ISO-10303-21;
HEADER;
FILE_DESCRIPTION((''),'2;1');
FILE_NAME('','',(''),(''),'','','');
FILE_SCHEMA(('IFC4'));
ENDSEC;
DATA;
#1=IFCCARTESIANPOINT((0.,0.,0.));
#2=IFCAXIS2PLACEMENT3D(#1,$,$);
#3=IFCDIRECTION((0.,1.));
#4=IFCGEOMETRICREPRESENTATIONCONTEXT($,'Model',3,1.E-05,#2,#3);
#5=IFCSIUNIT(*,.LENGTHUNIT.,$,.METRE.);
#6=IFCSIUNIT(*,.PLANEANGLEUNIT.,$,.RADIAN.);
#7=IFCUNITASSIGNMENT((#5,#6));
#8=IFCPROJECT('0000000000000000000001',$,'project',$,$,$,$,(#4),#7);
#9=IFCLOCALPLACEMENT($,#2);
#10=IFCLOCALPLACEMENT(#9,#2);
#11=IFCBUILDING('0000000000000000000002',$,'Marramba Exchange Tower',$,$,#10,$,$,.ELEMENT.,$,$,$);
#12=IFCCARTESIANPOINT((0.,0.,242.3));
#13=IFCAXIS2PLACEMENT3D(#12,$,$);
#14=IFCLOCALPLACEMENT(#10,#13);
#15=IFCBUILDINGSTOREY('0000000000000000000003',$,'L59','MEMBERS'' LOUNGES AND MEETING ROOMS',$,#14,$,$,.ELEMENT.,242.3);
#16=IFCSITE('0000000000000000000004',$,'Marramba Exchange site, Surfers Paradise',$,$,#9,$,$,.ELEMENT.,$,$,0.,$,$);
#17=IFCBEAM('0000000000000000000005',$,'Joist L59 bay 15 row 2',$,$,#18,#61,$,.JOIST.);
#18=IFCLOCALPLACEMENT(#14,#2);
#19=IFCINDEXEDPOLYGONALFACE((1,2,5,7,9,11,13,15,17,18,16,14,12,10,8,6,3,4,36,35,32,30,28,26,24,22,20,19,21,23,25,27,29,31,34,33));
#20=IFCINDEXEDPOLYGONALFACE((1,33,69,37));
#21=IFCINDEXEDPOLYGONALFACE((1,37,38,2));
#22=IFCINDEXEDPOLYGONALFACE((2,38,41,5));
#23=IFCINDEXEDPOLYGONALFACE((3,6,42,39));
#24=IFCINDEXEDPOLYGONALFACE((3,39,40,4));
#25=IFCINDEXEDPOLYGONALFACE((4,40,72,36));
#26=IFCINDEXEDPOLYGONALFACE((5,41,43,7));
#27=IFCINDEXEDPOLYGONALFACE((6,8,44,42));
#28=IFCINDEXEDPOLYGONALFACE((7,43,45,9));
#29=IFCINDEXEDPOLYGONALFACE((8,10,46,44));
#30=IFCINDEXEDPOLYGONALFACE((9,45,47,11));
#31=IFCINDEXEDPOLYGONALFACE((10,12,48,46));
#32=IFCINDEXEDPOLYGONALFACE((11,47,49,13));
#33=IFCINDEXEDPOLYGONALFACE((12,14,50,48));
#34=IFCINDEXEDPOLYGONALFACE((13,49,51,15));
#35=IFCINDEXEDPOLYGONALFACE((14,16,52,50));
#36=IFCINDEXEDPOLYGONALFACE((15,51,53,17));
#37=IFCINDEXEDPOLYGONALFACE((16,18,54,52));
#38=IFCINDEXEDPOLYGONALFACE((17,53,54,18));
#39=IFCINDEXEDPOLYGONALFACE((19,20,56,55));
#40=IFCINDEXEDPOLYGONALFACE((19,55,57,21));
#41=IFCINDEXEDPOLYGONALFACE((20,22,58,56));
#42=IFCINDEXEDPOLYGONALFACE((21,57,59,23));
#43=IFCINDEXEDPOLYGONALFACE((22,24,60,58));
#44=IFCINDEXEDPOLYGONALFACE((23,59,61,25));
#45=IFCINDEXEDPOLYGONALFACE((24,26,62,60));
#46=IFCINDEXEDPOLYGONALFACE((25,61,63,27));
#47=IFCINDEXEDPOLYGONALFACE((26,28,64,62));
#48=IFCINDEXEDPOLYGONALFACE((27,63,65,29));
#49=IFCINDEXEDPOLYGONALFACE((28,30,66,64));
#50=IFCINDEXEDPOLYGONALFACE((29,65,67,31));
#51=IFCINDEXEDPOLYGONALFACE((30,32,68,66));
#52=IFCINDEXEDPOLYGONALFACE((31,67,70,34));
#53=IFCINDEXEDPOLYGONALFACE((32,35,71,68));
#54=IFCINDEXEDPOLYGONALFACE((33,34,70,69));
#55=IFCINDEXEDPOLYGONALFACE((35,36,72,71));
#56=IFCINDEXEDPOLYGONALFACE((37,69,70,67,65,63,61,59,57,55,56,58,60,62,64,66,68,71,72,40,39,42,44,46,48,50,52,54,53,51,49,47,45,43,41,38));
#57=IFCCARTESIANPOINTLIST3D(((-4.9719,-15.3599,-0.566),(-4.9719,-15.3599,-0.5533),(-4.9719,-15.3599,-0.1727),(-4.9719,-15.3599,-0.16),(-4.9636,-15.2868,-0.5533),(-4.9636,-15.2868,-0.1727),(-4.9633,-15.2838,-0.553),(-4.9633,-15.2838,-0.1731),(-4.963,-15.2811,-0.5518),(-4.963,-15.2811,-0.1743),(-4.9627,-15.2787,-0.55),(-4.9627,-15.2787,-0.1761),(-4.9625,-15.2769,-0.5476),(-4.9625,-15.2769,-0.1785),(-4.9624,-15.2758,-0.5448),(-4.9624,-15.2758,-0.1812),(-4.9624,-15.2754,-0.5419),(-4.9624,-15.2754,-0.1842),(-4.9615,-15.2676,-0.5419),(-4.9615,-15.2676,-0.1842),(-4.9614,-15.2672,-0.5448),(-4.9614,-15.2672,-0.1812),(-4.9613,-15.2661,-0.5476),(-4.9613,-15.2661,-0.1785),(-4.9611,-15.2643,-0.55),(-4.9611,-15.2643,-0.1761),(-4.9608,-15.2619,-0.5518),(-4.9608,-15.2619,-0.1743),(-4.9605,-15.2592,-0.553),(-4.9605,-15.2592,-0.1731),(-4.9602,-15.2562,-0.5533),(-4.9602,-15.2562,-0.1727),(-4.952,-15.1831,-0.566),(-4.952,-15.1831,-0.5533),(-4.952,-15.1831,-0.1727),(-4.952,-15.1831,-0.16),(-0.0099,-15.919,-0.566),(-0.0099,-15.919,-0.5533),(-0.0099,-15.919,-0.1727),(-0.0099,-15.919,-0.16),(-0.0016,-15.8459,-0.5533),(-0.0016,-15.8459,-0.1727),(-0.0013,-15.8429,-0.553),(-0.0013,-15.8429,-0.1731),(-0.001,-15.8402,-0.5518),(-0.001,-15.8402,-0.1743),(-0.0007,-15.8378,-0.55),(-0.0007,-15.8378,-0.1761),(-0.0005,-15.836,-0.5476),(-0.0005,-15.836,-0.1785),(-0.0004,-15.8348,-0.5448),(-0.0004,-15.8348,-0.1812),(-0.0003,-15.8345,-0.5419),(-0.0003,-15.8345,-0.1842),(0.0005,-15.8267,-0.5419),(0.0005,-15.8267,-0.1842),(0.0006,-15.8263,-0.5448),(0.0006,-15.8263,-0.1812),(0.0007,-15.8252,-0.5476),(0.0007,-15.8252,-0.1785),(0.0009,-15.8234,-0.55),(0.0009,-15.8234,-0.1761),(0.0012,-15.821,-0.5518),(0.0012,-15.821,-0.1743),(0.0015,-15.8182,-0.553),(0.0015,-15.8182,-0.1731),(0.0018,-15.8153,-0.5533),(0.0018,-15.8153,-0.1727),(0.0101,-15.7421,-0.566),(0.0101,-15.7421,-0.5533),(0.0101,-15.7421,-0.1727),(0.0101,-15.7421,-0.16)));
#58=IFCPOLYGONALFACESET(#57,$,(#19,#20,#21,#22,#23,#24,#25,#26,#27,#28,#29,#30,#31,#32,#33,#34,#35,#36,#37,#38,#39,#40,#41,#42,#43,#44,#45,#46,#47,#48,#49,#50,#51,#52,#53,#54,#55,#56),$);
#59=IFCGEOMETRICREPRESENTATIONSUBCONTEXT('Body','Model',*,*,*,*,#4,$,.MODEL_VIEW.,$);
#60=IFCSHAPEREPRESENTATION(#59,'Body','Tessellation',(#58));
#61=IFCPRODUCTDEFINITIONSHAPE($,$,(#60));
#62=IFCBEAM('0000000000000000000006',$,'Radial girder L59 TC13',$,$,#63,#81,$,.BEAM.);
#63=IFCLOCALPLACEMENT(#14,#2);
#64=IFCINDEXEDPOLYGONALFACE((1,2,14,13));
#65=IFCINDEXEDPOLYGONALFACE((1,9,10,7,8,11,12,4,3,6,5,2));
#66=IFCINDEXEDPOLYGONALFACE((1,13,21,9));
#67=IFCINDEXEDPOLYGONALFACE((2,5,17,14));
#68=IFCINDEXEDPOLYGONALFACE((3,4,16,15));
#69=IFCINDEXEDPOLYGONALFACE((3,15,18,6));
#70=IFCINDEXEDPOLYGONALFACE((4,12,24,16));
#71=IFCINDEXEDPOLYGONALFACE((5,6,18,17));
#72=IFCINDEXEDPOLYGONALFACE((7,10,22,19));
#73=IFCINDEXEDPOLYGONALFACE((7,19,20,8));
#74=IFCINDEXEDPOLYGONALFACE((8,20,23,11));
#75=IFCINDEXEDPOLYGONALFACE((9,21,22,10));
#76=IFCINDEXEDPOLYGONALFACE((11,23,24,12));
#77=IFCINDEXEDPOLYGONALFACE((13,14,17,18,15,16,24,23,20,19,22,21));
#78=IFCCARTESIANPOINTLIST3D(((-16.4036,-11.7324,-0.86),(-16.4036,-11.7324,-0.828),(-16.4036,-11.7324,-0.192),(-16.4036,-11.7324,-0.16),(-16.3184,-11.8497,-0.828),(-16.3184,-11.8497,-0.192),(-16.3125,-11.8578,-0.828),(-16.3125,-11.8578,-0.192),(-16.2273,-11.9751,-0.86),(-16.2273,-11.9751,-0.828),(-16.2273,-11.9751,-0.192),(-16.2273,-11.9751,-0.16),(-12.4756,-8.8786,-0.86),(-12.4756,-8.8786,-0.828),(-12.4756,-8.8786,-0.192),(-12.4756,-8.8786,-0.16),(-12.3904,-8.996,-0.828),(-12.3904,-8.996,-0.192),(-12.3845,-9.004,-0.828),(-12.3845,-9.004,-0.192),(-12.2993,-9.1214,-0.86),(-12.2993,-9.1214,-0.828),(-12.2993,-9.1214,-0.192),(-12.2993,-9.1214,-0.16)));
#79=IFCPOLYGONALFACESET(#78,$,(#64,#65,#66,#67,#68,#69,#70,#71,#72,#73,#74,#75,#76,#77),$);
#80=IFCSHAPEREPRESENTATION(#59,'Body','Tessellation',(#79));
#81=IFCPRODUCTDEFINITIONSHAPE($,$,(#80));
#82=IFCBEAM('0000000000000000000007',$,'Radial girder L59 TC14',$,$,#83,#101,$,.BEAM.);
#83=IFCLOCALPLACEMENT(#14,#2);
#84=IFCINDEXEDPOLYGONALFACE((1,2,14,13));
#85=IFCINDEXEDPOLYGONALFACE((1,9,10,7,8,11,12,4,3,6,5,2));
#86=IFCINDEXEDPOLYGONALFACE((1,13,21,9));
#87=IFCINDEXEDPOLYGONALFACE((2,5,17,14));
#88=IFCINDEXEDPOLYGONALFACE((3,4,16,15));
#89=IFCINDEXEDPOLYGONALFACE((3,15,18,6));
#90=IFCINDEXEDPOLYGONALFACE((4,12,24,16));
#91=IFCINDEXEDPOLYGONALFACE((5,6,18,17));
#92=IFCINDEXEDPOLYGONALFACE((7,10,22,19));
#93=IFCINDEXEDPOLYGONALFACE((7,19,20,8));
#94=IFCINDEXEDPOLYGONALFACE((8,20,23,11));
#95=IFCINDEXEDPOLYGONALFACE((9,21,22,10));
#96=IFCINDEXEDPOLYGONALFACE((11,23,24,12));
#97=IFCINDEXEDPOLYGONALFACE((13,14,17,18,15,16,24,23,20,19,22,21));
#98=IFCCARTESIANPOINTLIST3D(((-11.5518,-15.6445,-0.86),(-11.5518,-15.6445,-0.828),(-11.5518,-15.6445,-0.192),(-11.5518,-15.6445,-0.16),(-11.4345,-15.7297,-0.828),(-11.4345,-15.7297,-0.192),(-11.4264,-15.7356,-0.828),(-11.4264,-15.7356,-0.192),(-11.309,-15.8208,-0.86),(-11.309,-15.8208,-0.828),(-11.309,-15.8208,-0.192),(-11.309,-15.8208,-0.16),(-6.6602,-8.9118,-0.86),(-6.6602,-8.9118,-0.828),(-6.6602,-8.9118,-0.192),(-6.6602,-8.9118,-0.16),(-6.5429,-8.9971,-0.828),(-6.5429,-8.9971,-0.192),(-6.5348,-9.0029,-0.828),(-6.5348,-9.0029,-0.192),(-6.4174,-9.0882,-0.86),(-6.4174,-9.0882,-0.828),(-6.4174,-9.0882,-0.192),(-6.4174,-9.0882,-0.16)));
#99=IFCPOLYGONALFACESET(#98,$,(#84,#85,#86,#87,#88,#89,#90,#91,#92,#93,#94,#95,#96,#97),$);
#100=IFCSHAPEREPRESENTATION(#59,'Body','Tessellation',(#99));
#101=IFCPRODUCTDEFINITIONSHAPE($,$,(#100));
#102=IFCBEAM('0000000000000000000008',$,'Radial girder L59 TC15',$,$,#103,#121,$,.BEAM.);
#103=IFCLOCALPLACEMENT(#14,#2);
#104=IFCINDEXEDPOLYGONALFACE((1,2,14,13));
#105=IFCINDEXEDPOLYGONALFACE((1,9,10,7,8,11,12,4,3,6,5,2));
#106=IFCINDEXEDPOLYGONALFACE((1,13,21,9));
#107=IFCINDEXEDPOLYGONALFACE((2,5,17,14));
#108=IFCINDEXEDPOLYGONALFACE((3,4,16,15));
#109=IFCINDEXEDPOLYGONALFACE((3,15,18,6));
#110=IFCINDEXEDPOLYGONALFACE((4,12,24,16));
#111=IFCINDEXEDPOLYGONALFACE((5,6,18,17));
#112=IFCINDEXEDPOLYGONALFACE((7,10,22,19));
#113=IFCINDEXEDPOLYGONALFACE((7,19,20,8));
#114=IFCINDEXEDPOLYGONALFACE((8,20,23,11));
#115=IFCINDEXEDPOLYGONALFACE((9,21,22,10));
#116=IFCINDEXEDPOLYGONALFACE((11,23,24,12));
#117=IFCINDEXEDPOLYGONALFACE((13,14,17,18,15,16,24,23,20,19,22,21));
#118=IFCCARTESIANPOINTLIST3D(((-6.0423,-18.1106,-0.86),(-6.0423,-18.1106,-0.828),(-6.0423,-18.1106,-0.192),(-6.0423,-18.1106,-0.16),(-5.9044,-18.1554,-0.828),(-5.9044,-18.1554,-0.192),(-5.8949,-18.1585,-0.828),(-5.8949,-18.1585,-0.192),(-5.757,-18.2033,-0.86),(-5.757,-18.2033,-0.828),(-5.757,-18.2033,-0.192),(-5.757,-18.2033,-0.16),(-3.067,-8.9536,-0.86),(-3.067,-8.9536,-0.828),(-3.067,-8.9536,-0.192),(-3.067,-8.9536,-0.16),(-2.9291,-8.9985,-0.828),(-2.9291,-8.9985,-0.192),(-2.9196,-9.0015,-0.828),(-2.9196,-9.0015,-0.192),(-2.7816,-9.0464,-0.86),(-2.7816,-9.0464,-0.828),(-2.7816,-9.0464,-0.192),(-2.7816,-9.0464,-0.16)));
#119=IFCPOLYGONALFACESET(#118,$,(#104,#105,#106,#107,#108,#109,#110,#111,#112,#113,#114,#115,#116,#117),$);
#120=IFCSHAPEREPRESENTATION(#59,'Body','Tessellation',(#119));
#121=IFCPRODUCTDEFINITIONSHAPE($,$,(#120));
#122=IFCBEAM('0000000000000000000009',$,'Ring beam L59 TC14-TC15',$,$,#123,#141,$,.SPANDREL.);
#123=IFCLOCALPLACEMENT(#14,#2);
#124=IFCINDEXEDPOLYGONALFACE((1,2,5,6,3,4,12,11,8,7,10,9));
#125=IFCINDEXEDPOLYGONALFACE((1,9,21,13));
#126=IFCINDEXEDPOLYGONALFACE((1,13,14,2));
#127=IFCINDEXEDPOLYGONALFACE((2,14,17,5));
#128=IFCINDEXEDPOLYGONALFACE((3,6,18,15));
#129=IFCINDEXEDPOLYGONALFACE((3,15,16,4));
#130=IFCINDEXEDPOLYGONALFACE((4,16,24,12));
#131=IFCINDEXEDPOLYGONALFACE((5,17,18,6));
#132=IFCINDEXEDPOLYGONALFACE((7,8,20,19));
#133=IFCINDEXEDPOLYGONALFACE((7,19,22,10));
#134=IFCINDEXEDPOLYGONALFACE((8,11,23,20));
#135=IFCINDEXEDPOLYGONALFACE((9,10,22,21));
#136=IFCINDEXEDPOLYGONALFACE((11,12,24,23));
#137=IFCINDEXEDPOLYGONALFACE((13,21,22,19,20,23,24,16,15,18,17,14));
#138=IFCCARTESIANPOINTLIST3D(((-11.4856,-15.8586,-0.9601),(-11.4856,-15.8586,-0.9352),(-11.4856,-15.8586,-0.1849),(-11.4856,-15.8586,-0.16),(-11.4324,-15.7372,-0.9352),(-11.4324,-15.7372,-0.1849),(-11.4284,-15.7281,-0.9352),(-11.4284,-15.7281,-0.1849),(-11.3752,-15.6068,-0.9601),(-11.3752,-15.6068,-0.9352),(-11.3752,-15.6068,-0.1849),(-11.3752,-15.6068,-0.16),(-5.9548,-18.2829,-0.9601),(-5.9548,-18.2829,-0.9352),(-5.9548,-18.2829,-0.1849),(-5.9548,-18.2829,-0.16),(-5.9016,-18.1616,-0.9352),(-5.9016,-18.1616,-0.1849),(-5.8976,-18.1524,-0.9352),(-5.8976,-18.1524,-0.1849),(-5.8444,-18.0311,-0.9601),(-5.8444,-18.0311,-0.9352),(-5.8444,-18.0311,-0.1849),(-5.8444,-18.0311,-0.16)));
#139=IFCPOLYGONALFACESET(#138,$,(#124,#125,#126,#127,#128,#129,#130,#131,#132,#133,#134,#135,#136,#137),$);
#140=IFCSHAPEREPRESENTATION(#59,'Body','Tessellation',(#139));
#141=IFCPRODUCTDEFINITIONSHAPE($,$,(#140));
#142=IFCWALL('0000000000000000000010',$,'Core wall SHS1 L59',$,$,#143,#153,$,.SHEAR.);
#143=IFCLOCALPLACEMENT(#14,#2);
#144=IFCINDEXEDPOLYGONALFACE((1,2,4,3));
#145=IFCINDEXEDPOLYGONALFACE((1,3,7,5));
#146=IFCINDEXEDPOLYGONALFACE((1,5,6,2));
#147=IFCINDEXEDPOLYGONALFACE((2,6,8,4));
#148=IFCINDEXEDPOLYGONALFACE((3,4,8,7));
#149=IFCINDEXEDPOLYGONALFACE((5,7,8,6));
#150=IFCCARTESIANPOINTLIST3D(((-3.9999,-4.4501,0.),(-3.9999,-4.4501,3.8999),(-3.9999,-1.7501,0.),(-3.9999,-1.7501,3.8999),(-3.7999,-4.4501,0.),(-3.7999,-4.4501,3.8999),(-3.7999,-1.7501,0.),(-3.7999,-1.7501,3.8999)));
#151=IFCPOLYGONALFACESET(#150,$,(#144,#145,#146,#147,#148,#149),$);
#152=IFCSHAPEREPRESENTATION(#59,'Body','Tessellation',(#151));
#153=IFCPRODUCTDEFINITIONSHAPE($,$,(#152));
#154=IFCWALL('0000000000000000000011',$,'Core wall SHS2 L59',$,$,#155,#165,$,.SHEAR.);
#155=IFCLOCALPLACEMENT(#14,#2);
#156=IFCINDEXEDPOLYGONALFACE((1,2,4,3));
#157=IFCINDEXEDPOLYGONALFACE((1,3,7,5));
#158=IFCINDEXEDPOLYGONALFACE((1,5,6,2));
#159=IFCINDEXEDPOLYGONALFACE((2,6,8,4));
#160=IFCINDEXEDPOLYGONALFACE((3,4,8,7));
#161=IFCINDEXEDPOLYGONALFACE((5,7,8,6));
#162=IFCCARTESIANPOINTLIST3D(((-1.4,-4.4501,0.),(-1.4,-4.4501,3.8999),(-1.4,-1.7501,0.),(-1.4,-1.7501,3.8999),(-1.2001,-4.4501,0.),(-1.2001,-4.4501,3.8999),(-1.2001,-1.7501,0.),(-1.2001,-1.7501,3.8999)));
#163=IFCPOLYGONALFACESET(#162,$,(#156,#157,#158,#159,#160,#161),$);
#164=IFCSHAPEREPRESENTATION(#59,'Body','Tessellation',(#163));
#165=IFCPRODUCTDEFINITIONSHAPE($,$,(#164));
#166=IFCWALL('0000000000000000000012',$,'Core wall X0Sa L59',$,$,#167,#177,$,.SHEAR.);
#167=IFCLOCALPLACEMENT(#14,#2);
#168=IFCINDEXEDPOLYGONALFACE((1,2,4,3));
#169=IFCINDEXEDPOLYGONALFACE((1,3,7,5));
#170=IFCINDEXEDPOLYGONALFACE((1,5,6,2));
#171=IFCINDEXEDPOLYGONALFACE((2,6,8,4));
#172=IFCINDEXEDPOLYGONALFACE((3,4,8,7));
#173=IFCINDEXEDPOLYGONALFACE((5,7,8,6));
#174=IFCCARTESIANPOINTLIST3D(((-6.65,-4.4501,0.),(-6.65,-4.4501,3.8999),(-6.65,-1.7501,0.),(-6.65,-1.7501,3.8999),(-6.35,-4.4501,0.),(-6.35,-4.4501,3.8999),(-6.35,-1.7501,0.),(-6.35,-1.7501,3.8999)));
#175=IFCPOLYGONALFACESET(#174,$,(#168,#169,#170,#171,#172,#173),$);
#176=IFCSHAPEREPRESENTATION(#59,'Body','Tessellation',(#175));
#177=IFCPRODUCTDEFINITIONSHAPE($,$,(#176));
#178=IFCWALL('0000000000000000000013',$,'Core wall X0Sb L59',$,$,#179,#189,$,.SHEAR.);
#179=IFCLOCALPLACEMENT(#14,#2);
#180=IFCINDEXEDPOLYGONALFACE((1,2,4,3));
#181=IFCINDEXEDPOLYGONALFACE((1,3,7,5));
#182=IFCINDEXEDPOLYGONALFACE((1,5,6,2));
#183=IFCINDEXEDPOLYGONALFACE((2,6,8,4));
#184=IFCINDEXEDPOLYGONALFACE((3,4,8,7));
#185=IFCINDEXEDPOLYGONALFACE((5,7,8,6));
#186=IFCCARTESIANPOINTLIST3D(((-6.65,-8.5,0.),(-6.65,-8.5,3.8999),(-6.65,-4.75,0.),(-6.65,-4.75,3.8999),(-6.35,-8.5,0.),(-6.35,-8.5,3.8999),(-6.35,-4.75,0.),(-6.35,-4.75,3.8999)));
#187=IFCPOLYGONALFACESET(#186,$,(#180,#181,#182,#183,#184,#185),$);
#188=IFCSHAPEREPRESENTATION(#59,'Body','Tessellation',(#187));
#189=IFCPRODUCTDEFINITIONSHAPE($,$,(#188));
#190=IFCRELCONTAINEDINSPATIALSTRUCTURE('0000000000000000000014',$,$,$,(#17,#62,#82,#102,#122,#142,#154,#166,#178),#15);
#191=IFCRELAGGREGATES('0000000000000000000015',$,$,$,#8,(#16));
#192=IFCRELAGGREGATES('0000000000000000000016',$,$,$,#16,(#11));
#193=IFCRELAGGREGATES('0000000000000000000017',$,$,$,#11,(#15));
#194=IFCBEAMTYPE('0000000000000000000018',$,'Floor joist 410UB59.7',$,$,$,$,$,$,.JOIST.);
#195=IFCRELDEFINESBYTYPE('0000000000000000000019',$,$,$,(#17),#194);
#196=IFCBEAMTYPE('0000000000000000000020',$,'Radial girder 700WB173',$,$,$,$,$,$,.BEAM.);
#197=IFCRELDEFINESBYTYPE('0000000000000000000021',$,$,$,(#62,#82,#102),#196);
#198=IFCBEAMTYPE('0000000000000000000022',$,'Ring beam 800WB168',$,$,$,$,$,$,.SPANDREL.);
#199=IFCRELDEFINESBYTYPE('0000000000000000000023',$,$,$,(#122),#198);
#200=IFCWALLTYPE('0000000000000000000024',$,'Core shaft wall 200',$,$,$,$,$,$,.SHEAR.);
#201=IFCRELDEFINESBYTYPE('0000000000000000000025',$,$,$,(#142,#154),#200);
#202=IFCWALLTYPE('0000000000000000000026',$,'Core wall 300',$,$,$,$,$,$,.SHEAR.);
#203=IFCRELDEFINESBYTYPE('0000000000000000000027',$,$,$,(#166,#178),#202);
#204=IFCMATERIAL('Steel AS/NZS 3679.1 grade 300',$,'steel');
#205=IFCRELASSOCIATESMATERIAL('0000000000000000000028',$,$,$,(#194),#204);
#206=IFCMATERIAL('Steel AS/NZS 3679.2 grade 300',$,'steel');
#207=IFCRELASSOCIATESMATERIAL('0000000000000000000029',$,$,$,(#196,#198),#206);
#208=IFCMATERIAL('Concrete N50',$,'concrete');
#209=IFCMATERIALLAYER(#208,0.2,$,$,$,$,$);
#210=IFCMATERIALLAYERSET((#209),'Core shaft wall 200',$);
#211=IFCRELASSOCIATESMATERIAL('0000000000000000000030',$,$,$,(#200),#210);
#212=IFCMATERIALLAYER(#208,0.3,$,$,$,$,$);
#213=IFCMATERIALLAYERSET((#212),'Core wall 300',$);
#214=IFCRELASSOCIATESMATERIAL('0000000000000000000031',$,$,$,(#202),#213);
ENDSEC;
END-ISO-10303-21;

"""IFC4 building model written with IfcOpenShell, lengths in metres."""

from ifc_helpers import new_model, si_unit, direction, frame, frame_2d, origin, origin_2d, place, context, subcontext, project, spatial, rectangle, i_section, extrude, material, layer, layer_set, material_profile, profile_set, type_object, element, save


model = new_model("IFC4")

# Units and contexts
model_context = context("Model", 3, precision=1e-05, world=origin(), true_north=direction((0.0, 1.0)))
body_context = subcontext(model_context, "Body", "Model", "MODEL_VIEW")
ifc_project = project(units=[si_unit("LENGTHUNIT", "METRE"), si_unit("PLANEANGLEUNIT", "RADIAN")], contexts=[model_context])

# Site, building, storey
site_placement = place(None, origin())
site = spatial("IfcSite", under=ifc_project, at=site_placement, Name="Marramba Exchange site, Surfers Paradise", CompositionType="ELEMENT", RefElevation=0.0)
building_placement = place(site_placement, origin())
building = spatial("IfcBuilding", under=site, at=building_placement, Name="Marramba Exchange Tower", CompositionType="ELEMENT")
storey_placement = place(building_placement, frame((0.0, 0.0, 242.3)))
storey = spatial("IfcBuildingStorey", under=building, at=storey_placement, Name="L59", Description="MEMBERS' LOUNGES AND MEETING ROOMS", CompositionType="ELEMENT", Elevation=242.3)

# Beams
ifc_material_1 = material(Name="Steel AS/NZS 3679.2 grade 300", Category="steel")
ifc_material_2 = material(Name="Steel AS/NZS 3679.1 grade 300", Category="steel")
ifc_material_profile_1 = material_profile(ifc_material_2, i_section(OverallWidth=0.178, OverallDepth=0.406, WebThickness=0.0078, FlangeThickness=0.0127, FilletRadius=0.0115, at=origin_2d()), Name="410UB59.7")
ifc_profile_set_1 = profile_set([ifc_material_profile_1], Name="Steel AS/NZS 3679.1 grade 300")
beam_type_1 = type_object("IfcBeamType", Name="Floor joist 410UB59.7", PredefinedType="JOIST", material=ifc_profile_set_1)
beam_1_placement = place(storey_placement, frame((-4.9619, -15.2715, -0.363), z_axis=(0.993712, -0.111966, 0.0), x_axis=(0.111966, 0.993712, 0.0)))
element("IfcBeam", 1, at=beam_1_placement, inside=storey, type_object=beam_type_1, Name="Joist L59 bay 15 row 2", PredefinedType="JOIST", context=body_context, shape_type="SweptSolid", body=[
    extrude(i_section(OverallWidth=0.178, OverallDepth=0.406, WebThickness=0.0078, FlangeThickness=0.0127, FilletRadius=0.0115, at=origin_2d()), origin(), (0.0, 0.0, 1.0), 4.9934),
])
ifc_material_profile_2 = material_profile(ifc_material_1, i_section(OverallWidth=0.3, OverallDepth=0.7, WebThickness=0.01, FlangeThickness=0.032, at=origin_2d()), Name="700WB173")
ifc_profile_set_2 = profile_set([ifc_material_profile_2], Name="Steel AS/NZS 3679.2 grade 300")
beam_type_2 = type_object("IfcBeamType", Name="Radial girder 700WB173", PredefinedType="BEAM", material=ifc_profile_set_2)
beam_2_placement = place(storey_placement, frame((-12.3875, -9.0, -0.51), z_axis=(-0.809025, -0.587774, 0.0), x_axis=(0.587774, -0.809025, 0.0)))
element("IfcBeam", 2, at=beam_2_placement, inside=storey, type_object=beam_type_2, Name="Radial girder L59 TC13", PredefinedType="BEAM", context=body_context, shape_type="SweptSolid", body=[
    extrude(i_section(OverallWidth=0.3, OverallDepth=0.7, WebThickness=0.01, FlangeThickness=0.032, at=origin_2d()), origin(), (0.0, 0.0, 1.0), 4.8552),
])
beam_3_placement = place(storey_placement, frame((-6.5388, -9.0, -0.51), z_axis=(-0.587788, -0.809015, 0.0), x_axis=(0.809015, -0.587788, 0.0)))
element("IfcBeam", 3, at=beam_3_placement, inside=storey, type_object=beam_type_2, Name="Radial girder L59 TC14", PredefinedType="BEAM", context=body_context, shape_type="SweptSolid", body=[
    extrude(i_section(OverallWidth=0.3, OverallDepth=0.7, WebThickness=0.01, FlangeThickness=0.032, at=origin_2d()), origin(), (0.0, 0.0, 1.0), 8.322),
])
beam_4_placement = place(storey_placement, frame((-2.9243, -9.0, -0.51), z_axis=(-0.309022, -0.951055, 0.0), x_axis=(0.951055, -0.309022, 0.0)))
element("IfcBeam", 4, at=beam_4_placement, inside=storey, type_object=beam_type_2, Name="Radial girder L59 TC15", PredefinedType="BEAM", context=body_context, shape_type="SweptSolid", body=[
    extrude(i_section(OverallWidth=0.3, OverallDepth=0.7, WebThickness=0.01, FlangeThickness=0.032, at=origin_2d()), origin(), (0.0, 0.0, 1.0), 9.6282),
])
ifc_material_profile_3 = material_profile(ifc_material_1, i_section(OverallWidth=0.2749, OverallDepth=0.8, WebThickness=0.01, FlangeThickness=0.0249, at=origin_2d()), Name="800WB168")
ifc_profile_set_3 = profile_set([ifc_material_profile_3], Name="Steel AS/NZS 3679.2 grade 300")
beam_type_3 = type_object("IfcBeamType", Name="Ring beam 800WB168", PredefinedType="SPANDREL", material=ifc_profile_set_3)
beam_5_placement = place(storey_placement, frame((-11.4304, -15.7327, -0.5601), z_axis=(0.915877, -0.401459, 0.0), x_axis=(0.401459, 0.915877, 0.0)))
element("IfcBeam", 5, at=beam_5_placement, inside=storey, type_object=beam_type_3, Name="Ring beam L59 TC14-TC15", PredefinedType="SPANDREL", context=body_context, shape_type="SweptSolid", body=[
    extrude(i_section(OverallWidth=0.2749, OverallDepth=0.8, WebThickness=0.01, FlangeThickness=0.0249, at=origin_2d()), origin(), (0.0, 0.0, 1.0), 6.0388),
])

# Walls
ifc_material_3 = material(Name="Concrete N50", Category="concrete")
ifc_layer_1 = layer(ifc_material_3, 0.2)
ifc_layer_set_1 = layer_set([ifc_layer_1], Name="Core shaft wall 200")
wall_type_1 = type_object("IfcWallType", Name="Core shaft wall 200", PredefinedType="SHEAR", material=ifc_layer_set_1)
for number, where, z_axis, x_axis, name in (
    (6, (-3.8999, -1.75, 0.0), (0.0, 0.0, 1.0), (0.0, -1.0, 0.0), "Core wall SHS1 L59"),
    (7, (-1.3, -1.75, 0.0), (0.0, 0.0, 1.0), (0.0, -1.0, 0.0), "Core wall SHS2 L59"),
):
    element("IfcWall", number, at=place(storey_placement, frame(where, z_axis=z_axis, x_axis=x_axis)), inside=storey, type_object=wall_type_1, Name=name, PredefinedType="SHEAR", context=body_context, shape_type="SweptSolid", body=[
        extrude(rectangle(XDim=2.7, YDim=0.2, at=frame_2d((1.3501, 0.0))), origin(), (0.0, 0.0, 1.0), 3.8999),
    ])
ifc_layer_2 = layer(ifc_material_3, 0.3)
ifc_layer_set_2 = layer_set([ifc_layer_2], Name="Core wall 300")
wall_type_2 = type_object("IfcWallType", Name="Core wall 300", PredefinedType="SHEAR", material=ifc_layer_set_2)
wall_1_placement = place(storey_placement, frame((-6.5, -1.75, 0.0), z_axis=(0.0, 0.0, 1.0), x_axis=(0.0, -1.0, 0.0)))
element("IfcWall", 8, at=wall_1_placement, inside=storey, type_object=wall_type_2, Name="Core wall X0Sa L59", PredefinedType="SHEAR", context=body_context, shape_type="SweptSolid", body=[
    extrude(rectangle(XDim=2.7, YDim=0.3, at=frame_2d((1.3501, 0.0))), origin(), (0.0, 0.0, 1.0), 3.8999),
])
for number, where, z_axis, x_axis, name in (
    (9, (-6.5, -4.75, 0.0), (0.0, 0.0, 1.0), (0.0, -1.0, 0.0), "Core wall X0Sb L59"),
):
    element("IfcWall", number, at=place(storey_placement, frame(where, z_axis=z_axis, x_axis=x_axis)), inside=storey, type_object=wall_type_2, Name=name, PredefinedType="SHEAR", context=body_context, shape_type="SweptSolid", body=[
        extrude(rectangle(XDim=3.75, YDim=0.3, at=frame_2d((1.875, 0.0))), origin(), (0.0, 0.0, 1.0), 3.8999),
    ])

save(model, "model.ifc")
